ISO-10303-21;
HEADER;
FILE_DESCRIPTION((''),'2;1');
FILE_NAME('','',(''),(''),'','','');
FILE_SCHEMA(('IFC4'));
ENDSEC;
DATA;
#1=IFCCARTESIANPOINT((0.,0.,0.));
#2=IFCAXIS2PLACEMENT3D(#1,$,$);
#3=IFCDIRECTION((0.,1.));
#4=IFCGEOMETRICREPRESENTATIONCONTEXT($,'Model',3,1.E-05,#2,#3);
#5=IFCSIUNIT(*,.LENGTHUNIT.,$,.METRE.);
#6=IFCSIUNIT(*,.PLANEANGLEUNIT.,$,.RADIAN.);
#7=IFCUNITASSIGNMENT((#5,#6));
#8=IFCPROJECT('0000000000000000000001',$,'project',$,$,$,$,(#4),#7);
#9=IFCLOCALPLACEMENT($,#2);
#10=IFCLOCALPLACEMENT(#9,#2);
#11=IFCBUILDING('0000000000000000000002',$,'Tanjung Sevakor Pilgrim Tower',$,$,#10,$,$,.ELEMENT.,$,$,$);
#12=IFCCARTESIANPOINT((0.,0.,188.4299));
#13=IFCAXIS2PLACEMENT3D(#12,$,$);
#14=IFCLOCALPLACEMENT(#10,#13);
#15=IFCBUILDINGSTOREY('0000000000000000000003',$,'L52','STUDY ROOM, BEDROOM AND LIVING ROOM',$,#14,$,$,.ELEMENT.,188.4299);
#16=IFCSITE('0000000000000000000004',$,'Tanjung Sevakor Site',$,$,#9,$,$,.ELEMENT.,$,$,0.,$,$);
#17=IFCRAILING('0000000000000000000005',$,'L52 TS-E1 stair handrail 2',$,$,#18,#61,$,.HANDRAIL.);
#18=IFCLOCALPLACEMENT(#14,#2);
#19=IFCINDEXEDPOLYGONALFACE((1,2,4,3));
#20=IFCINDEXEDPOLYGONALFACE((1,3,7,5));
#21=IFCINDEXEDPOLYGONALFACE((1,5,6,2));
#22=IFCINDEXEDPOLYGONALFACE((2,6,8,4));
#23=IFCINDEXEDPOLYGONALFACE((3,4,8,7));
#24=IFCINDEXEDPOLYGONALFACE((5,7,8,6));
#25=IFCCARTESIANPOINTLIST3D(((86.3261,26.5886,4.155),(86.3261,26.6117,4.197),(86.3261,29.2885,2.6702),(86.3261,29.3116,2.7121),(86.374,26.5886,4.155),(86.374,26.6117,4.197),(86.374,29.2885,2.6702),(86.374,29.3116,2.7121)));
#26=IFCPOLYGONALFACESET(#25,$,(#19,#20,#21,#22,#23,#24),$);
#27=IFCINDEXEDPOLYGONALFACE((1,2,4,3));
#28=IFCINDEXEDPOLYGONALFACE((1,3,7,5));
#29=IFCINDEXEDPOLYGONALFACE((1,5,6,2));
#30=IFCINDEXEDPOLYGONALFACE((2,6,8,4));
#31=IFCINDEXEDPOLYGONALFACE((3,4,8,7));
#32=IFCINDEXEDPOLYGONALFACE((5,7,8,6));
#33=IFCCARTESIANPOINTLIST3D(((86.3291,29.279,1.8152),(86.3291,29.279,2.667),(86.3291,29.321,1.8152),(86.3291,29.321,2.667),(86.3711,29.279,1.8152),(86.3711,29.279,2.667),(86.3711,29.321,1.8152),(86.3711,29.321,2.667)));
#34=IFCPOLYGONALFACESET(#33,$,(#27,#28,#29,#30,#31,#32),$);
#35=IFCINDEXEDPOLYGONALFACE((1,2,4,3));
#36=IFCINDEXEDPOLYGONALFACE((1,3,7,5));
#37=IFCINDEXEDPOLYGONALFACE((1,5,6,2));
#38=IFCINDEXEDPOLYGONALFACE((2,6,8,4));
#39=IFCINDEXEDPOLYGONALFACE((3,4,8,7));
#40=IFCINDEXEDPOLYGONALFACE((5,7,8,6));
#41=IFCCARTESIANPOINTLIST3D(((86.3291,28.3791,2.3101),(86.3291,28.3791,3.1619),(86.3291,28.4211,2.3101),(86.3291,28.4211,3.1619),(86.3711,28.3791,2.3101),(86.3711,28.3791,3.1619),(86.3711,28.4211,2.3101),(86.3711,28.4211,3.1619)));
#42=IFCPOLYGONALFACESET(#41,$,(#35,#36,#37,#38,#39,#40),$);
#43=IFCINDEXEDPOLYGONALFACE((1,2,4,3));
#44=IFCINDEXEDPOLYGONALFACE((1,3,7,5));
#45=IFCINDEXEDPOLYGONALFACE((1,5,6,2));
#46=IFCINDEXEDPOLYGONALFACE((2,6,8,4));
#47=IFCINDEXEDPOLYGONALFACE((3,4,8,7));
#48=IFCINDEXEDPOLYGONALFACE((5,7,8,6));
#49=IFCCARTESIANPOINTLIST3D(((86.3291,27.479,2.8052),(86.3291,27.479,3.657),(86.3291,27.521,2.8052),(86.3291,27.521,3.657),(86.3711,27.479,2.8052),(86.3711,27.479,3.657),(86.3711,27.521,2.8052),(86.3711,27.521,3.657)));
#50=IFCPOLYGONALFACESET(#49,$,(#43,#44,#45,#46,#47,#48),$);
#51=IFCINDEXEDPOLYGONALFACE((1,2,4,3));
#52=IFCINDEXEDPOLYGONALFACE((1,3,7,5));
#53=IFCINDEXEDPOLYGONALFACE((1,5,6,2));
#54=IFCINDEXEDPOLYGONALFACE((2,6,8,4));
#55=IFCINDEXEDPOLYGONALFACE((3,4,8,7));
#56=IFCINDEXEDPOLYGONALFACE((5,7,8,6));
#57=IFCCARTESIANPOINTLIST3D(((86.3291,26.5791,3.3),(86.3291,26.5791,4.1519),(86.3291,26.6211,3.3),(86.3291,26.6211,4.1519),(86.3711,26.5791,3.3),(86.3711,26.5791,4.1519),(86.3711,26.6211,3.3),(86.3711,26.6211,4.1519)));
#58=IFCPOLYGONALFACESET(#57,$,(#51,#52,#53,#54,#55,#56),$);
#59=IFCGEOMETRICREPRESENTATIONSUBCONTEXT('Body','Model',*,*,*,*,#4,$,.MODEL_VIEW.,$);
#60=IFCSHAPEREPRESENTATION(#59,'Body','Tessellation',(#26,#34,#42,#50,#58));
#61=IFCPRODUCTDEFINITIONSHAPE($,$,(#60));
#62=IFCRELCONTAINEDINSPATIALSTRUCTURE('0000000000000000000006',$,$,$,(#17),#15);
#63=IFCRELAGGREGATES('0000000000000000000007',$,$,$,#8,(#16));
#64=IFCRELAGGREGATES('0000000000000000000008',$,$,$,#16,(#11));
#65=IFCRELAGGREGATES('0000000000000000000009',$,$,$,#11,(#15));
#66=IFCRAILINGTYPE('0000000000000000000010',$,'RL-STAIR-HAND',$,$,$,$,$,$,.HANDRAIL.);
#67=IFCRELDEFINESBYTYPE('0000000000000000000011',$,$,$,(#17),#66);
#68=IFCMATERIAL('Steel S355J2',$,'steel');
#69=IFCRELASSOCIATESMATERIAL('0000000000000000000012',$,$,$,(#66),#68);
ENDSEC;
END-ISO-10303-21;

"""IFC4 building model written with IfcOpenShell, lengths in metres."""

from ifc_helpers import new_model, si_unit, direction, frame, origin, place, context, subcontext, project, spatial, rectangle, extrude, material, type_object, element, save


model = new_model("IFC4")

# Units and contexts
model_context = context("Model", 3, precision=1e-05, world=origin(), true_north=direction((0.0, 1.0)))
body_context = subcontext(model_context, "Body", "Model", "MODEL_VIEW")
ifc_project = project(units=[si_unit("LENGTHUNIT", "METRE"), si_unit("PLANEANGLEUNIT", "RADIAN")], contexts=[model_context])

# Site, building, storey
site_placement = place(None, origin())
site = spatial("IfcSite", under=ifc_project, at=site_placement, Name="Tanjung Sevakor Site", CompositionType="ELEMENT", RefElevation=0.0)
building_placement = place(site_placement, origin())
building = spatial("IfcBuilding", under=site, at=building_placement, Name="Tanjung Sevakor Pilgrim Tower", CompositionType="ELEMENT")
storey_placement = place(building_placement, frame((0.0, 0.0, 188.4299)))
storey = spatial("IfcBuildingStorey", under=building, at=storey_placement, Name="L52", Description="STUDY ROOM, BEDROOM AND LIVING ROOM", CompositionType="ELEMENT", Elevation=188.4299)

# Railing
ifc_material_1 = material(Name="Steel S355J2", Category="steel")
railing_type_1 = type_object("IfcRailingType", Name="RL-STAIR-HAND", PredefinedType="HANDRAIL", material=ifc_material_1)
railing_1_placement = place(storey_placement, frame((86.3501, 29.3, 1.8152)))
element("IfcRailing", 1, at=railing_1_placement, inside=storey, type_object=railing_type_1, Name="L52 TS-E1 stair handrail 2", PredefinedType="HANDRAIL", context=body_context, shape_type="SweptSolid", body=[
    extrude(rectangle(XDim=0.0479, YDim=0.0479), frame((0.0, 0.0, 0.876), z_axis=(0.0, -0.876231, 0.481891), x_axis=(1.0, 0.0, 0.0)), (0.0, 0.0, 1.0), 3.0813),
    extrude(rectangle(XDim=0.042, YDim=0.042), origin(), (0.0, 0.0, 1.0), 0.8518),
    extrude(rectangle(XDim=0.042, YDim=0.042), frame((0.0, -0.8999, 0.4949)), (0.0, 0.0, 1.0), 0.8518),
    extrude(rectangle(XDim=0.042, YDim=0.042), frame((0.0, -1.8, 0.99)), (0.0, 0.0, 1.0), 0.8518),
    extrude(rectangle(XDim=0.042, YDim=0.042), frame((0.0, -2.7, 1.4849)), (0.0, 0.0, 1.0), 0.8518),
])

save(model, "model.ifc")
